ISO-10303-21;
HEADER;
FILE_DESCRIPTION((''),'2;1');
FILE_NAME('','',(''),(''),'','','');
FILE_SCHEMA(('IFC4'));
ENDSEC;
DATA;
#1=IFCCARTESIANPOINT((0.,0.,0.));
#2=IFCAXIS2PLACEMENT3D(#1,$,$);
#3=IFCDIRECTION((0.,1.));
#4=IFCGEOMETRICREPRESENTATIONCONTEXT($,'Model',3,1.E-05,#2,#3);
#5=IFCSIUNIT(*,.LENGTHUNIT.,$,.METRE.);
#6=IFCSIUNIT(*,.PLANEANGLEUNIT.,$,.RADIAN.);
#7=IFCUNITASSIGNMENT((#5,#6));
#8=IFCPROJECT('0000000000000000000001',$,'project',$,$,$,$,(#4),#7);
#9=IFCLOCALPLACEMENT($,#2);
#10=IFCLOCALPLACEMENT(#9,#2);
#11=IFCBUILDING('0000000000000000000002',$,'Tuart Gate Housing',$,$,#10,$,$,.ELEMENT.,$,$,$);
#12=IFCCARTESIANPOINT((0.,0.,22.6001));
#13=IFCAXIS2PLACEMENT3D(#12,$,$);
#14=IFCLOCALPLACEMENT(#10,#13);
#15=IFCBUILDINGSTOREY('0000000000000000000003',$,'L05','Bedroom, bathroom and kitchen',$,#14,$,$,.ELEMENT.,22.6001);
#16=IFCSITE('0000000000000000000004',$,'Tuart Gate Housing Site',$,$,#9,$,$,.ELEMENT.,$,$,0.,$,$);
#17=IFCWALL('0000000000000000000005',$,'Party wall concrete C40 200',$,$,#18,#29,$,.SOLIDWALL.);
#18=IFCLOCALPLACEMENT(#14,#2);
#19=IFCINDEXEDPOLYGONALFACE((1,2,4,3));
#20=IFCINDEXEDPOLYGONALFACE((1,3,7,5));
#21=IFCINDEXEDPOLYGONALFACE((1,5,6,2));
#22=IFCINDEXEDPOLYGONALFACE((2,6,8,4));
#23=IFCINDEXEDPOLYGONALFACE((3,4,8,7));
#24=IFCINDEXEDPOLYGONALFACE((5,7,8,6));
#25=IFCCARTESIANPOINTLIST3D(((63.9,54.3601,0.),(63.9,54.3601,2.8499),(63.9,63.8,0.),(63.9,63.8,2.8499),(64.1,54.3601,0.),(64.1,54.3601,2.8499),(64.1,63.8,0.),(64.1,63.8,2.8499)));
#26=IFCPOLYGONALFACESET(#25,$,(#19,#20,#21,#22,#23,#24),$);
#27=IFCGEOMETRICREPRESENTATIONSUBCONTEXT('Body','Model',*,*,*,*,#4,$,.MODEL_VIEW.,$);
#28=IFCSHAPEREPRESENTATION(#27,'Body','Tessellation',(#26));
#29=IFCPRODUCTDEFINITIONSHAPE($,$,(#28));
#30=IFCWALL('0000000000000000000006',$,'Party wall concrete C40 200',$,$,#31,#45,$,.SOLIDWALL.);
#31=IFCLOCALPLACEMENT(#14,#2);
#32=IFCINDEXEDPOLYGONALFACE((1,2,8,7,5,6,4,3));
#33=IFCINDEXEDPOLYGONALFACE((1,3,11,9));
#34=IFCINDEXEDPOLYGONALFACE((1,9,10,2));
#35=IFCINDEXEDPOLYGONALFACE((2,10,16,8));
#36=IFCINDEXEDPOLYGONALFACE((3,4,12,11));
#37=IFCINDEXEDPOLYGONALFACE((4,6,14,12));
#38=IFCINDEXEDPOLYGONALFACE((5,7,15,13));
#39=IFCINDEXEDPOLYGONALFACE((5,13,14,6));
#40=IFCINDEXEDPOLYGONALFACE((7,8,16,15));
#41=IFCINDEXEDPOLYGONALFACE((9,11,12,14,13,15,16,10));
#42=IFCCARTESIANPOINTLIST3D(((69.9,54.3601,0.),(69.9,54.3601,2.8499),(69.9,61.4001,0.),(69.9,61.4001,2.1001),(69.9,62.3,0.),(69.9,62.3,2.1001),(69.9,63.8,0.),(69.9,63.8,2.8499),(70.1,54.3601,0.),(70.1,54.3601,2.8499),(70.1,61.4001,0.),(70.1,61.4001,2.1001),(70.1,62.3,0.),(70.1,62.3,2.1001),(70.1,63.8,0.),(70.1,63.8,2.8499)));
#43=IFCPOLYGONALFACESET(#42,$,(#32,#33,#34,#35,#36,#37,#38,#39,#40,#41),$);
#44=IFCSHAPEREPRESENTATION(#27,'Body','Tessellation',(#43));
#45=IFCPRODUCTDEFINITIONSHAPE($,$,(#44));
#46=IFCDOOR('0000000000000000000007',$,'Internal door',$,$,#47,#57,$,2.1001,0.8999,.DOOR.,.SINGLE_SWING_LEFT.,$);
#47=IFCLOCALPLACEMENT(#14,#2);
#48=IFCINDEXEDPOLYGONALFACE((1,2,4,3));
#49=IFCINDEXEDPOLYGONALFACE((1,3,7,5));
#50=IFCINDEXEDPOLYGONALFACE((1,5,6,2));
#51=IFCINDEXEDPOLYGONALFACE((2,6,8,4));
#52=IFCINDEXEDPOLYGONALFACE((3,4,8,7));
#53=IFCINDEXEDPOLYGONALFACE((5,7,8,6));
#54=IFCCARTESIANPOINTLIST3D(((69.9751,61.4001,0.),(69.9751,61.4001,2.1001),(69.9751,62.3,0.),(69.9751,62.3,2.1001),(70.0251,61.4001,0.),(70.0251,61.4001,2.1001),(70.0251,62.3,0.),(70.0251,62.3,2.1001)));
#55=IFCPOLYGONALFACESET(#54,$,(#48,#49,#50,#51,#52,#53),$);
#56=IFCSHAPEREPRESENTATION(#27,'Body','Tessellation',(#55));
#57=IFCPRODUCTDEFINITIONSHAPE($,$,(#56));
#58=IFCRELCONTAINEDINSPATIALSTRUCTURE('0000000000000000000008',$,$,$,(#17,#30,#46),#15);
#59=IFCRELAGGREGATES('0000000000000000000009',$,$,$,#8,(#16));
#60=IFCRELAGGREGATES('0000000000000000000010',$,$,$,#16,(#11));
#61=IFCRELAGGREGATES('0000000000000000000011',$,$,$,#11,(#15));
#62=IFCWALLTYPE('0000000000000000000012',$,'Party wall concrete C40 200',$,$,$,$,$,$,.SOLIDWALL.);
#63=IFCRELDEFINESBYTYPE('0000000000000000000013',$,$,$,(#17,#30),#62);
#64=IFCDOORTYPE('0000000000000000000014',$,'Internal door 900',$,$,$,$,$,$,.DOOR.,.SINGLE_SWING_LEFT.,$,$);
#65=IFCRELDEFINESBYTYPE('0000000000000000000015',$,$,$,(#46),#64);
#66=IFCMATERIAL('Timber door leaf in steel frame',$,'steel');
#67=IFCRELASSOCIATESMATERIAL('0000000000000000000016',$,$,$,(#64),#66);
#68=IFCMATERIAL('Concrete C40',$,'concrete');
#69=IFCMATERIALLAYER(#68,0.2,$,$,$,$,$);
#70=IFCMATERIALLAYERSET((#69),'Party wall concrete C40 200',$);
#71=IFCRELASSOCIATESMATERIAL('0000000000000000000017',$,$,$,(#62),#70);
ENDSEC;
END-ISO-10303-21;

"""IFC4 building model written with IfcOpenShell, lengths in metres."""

from ifc_helpers import new_model, si_unit, direction, frame, frame_2d, origin, place, context, subcontext, project, spatial, rectangle, extrude, material, layer, layer_set, type_object, element, fill, save


model = new_model("IFC4")

# Units and contexts
model_context = context("Model", 3, precision=1e-05, world=origin(), true_north=direction((0.0, 1.0)))
body_context = subcontext(model_context, "Body", "Model", "MODEL_VIEW")
ifc_project = project(units=[si_unit("LENGTHUNIT", "METRE"), si_unit("PLANEANGLEUNIT", "RADIAN")], contexts=[model_context])

# Site, building, storey
site_placement = place(None, origin())
site = spatial("IfcSite", under=ifc_project, at=site_placement, Name="Tuart Gate Housing Site", CompositionType="ELEMENT", RefElevation=0.0)
building_placement = place(site_placement, origin())
building = spatial("IfcBuilding", under=site, at=building_placement, Name="Tuart Gate Housing", CompositionType="ELEMENT")
storey_placement = place(building_placement, frame((0.0, 0.0, 22.6001)))
storey = spatial("IfcBuildingStorey", under=building, at=storey_placement, Name="L05", Description="Bedroom, bathroom and kitchen", CompositionType="ELEMENT", Elevation=22.6001)

# Shared definitions
ifc_material_1 = material(Name="Timber door leaf in steel frame", Category="steel")
door_type_1 = type_object("IfcDoorType", Name="Internal door 900", OperationType="SINGLE_SWING_LEFT", PredefinedType="DOOR", material=ifc_material_1)

# Wall
ifc_material_2 = material(Name="Concrete C40", Category="concrete")
ifc_layer_1 = layer(ifc_material_2, 0.2)
ifc_layer_set_1 = layer_set([ifc_layer_1], Name="Party wall concrete C40 200")
wall_type_1 = type_object("IfcWallType", Name="Party wall concrete C40 200", PredefinedType="SOLIDWALL", material=ifc_layer_set_1)
wall_1_placement = place(storey_placement, frame((64.0, 54.3601, 0.0), z_axis=(0.0, 0.0, 1.0), x_axis=(0.0, 1.0, 0.0)))
element("IfcWall", 1, at=wall_1_placement, inside=storey, type_object=wall_type_1, Name="Party wall concrete C40 200", PredefinedType="SOLIDWALL", context=body_context, shape_type="SweptSolid", body=[
    extrude(rectangle(XDim=9.4399, YDim=0.2, at=frame_2d((4.72, 0.0))), origin(), (0.0, 0.0, 1.0), 2.8499),
])

# Wall, opening, door
wall_2_placement = place(storey_placement, frame((70.0, 54.3601, 0.0), z_axis=(0.0, 0.0, 1.0), x_axis=(0.0, 1.0, 0.0)))
wall_2 = element("IfcWall", 2, at=wall_2_placement, inside=storey, type_object=wall_type_1, Name="Party wall concrete C40 200", PredefinedType="SOLIDWALL", context=body_context, shape_type="SweptSolid", body=[
    extrude(rectangle(XDim=9.4399, YDim=0.2, at=frame_2d((4.72, 0.0))), origin(), (0.0, 0.0, 1.0), 2.8499),
])
opening_1_placement = place(wall_2_placement, frame((7.04, 0.0, 0.0)))
opening_1 = element("IfcOpeningElement", 3, at=opening_1_placement, cuts=wall_2, PredefinedType="OPENING", context=body_context, shape_type="SweptSolid", body=[
    extrude(rectangle(XDim=0.8999, YDim=2.1001, at=frame_2d((0.45, 1.05))), frame((0.0, 0.1099, 0.0), z_axis=(0.0, -1.0, 0.0), x_axis=(1.0, 0.0, 0.0)), (0.0, 0.0, 1.0), 0.22),
])
door_1_placement = place(opening_1_placement, origin())
door_1 = element("IfcDoor", 4, at=door_1_placement, inside=storey, type_object=door_type_1, Name="Internal door", OperationType="SINGLE_SWING_LEFT", OverallHeight=2.1001, OverallWidth=0.8999, PredefinedType="DOOR", context=body_context, shape_type="SweptSolid", body=[
    extrude(rectangle(XDim=0.8999, YDim=2.1001, at=frame_2d((0.45, 1.05))), frame((0.0, 0.0249, 0.0), z_axis=(0.0, -1.0, 0.0), x_axis=(1.0, 0.0, 0.0)), (0.0, 0.0, 1.0), 0.05),
])
fill(opening_1, door_1)

save(model, "model.ifc")
